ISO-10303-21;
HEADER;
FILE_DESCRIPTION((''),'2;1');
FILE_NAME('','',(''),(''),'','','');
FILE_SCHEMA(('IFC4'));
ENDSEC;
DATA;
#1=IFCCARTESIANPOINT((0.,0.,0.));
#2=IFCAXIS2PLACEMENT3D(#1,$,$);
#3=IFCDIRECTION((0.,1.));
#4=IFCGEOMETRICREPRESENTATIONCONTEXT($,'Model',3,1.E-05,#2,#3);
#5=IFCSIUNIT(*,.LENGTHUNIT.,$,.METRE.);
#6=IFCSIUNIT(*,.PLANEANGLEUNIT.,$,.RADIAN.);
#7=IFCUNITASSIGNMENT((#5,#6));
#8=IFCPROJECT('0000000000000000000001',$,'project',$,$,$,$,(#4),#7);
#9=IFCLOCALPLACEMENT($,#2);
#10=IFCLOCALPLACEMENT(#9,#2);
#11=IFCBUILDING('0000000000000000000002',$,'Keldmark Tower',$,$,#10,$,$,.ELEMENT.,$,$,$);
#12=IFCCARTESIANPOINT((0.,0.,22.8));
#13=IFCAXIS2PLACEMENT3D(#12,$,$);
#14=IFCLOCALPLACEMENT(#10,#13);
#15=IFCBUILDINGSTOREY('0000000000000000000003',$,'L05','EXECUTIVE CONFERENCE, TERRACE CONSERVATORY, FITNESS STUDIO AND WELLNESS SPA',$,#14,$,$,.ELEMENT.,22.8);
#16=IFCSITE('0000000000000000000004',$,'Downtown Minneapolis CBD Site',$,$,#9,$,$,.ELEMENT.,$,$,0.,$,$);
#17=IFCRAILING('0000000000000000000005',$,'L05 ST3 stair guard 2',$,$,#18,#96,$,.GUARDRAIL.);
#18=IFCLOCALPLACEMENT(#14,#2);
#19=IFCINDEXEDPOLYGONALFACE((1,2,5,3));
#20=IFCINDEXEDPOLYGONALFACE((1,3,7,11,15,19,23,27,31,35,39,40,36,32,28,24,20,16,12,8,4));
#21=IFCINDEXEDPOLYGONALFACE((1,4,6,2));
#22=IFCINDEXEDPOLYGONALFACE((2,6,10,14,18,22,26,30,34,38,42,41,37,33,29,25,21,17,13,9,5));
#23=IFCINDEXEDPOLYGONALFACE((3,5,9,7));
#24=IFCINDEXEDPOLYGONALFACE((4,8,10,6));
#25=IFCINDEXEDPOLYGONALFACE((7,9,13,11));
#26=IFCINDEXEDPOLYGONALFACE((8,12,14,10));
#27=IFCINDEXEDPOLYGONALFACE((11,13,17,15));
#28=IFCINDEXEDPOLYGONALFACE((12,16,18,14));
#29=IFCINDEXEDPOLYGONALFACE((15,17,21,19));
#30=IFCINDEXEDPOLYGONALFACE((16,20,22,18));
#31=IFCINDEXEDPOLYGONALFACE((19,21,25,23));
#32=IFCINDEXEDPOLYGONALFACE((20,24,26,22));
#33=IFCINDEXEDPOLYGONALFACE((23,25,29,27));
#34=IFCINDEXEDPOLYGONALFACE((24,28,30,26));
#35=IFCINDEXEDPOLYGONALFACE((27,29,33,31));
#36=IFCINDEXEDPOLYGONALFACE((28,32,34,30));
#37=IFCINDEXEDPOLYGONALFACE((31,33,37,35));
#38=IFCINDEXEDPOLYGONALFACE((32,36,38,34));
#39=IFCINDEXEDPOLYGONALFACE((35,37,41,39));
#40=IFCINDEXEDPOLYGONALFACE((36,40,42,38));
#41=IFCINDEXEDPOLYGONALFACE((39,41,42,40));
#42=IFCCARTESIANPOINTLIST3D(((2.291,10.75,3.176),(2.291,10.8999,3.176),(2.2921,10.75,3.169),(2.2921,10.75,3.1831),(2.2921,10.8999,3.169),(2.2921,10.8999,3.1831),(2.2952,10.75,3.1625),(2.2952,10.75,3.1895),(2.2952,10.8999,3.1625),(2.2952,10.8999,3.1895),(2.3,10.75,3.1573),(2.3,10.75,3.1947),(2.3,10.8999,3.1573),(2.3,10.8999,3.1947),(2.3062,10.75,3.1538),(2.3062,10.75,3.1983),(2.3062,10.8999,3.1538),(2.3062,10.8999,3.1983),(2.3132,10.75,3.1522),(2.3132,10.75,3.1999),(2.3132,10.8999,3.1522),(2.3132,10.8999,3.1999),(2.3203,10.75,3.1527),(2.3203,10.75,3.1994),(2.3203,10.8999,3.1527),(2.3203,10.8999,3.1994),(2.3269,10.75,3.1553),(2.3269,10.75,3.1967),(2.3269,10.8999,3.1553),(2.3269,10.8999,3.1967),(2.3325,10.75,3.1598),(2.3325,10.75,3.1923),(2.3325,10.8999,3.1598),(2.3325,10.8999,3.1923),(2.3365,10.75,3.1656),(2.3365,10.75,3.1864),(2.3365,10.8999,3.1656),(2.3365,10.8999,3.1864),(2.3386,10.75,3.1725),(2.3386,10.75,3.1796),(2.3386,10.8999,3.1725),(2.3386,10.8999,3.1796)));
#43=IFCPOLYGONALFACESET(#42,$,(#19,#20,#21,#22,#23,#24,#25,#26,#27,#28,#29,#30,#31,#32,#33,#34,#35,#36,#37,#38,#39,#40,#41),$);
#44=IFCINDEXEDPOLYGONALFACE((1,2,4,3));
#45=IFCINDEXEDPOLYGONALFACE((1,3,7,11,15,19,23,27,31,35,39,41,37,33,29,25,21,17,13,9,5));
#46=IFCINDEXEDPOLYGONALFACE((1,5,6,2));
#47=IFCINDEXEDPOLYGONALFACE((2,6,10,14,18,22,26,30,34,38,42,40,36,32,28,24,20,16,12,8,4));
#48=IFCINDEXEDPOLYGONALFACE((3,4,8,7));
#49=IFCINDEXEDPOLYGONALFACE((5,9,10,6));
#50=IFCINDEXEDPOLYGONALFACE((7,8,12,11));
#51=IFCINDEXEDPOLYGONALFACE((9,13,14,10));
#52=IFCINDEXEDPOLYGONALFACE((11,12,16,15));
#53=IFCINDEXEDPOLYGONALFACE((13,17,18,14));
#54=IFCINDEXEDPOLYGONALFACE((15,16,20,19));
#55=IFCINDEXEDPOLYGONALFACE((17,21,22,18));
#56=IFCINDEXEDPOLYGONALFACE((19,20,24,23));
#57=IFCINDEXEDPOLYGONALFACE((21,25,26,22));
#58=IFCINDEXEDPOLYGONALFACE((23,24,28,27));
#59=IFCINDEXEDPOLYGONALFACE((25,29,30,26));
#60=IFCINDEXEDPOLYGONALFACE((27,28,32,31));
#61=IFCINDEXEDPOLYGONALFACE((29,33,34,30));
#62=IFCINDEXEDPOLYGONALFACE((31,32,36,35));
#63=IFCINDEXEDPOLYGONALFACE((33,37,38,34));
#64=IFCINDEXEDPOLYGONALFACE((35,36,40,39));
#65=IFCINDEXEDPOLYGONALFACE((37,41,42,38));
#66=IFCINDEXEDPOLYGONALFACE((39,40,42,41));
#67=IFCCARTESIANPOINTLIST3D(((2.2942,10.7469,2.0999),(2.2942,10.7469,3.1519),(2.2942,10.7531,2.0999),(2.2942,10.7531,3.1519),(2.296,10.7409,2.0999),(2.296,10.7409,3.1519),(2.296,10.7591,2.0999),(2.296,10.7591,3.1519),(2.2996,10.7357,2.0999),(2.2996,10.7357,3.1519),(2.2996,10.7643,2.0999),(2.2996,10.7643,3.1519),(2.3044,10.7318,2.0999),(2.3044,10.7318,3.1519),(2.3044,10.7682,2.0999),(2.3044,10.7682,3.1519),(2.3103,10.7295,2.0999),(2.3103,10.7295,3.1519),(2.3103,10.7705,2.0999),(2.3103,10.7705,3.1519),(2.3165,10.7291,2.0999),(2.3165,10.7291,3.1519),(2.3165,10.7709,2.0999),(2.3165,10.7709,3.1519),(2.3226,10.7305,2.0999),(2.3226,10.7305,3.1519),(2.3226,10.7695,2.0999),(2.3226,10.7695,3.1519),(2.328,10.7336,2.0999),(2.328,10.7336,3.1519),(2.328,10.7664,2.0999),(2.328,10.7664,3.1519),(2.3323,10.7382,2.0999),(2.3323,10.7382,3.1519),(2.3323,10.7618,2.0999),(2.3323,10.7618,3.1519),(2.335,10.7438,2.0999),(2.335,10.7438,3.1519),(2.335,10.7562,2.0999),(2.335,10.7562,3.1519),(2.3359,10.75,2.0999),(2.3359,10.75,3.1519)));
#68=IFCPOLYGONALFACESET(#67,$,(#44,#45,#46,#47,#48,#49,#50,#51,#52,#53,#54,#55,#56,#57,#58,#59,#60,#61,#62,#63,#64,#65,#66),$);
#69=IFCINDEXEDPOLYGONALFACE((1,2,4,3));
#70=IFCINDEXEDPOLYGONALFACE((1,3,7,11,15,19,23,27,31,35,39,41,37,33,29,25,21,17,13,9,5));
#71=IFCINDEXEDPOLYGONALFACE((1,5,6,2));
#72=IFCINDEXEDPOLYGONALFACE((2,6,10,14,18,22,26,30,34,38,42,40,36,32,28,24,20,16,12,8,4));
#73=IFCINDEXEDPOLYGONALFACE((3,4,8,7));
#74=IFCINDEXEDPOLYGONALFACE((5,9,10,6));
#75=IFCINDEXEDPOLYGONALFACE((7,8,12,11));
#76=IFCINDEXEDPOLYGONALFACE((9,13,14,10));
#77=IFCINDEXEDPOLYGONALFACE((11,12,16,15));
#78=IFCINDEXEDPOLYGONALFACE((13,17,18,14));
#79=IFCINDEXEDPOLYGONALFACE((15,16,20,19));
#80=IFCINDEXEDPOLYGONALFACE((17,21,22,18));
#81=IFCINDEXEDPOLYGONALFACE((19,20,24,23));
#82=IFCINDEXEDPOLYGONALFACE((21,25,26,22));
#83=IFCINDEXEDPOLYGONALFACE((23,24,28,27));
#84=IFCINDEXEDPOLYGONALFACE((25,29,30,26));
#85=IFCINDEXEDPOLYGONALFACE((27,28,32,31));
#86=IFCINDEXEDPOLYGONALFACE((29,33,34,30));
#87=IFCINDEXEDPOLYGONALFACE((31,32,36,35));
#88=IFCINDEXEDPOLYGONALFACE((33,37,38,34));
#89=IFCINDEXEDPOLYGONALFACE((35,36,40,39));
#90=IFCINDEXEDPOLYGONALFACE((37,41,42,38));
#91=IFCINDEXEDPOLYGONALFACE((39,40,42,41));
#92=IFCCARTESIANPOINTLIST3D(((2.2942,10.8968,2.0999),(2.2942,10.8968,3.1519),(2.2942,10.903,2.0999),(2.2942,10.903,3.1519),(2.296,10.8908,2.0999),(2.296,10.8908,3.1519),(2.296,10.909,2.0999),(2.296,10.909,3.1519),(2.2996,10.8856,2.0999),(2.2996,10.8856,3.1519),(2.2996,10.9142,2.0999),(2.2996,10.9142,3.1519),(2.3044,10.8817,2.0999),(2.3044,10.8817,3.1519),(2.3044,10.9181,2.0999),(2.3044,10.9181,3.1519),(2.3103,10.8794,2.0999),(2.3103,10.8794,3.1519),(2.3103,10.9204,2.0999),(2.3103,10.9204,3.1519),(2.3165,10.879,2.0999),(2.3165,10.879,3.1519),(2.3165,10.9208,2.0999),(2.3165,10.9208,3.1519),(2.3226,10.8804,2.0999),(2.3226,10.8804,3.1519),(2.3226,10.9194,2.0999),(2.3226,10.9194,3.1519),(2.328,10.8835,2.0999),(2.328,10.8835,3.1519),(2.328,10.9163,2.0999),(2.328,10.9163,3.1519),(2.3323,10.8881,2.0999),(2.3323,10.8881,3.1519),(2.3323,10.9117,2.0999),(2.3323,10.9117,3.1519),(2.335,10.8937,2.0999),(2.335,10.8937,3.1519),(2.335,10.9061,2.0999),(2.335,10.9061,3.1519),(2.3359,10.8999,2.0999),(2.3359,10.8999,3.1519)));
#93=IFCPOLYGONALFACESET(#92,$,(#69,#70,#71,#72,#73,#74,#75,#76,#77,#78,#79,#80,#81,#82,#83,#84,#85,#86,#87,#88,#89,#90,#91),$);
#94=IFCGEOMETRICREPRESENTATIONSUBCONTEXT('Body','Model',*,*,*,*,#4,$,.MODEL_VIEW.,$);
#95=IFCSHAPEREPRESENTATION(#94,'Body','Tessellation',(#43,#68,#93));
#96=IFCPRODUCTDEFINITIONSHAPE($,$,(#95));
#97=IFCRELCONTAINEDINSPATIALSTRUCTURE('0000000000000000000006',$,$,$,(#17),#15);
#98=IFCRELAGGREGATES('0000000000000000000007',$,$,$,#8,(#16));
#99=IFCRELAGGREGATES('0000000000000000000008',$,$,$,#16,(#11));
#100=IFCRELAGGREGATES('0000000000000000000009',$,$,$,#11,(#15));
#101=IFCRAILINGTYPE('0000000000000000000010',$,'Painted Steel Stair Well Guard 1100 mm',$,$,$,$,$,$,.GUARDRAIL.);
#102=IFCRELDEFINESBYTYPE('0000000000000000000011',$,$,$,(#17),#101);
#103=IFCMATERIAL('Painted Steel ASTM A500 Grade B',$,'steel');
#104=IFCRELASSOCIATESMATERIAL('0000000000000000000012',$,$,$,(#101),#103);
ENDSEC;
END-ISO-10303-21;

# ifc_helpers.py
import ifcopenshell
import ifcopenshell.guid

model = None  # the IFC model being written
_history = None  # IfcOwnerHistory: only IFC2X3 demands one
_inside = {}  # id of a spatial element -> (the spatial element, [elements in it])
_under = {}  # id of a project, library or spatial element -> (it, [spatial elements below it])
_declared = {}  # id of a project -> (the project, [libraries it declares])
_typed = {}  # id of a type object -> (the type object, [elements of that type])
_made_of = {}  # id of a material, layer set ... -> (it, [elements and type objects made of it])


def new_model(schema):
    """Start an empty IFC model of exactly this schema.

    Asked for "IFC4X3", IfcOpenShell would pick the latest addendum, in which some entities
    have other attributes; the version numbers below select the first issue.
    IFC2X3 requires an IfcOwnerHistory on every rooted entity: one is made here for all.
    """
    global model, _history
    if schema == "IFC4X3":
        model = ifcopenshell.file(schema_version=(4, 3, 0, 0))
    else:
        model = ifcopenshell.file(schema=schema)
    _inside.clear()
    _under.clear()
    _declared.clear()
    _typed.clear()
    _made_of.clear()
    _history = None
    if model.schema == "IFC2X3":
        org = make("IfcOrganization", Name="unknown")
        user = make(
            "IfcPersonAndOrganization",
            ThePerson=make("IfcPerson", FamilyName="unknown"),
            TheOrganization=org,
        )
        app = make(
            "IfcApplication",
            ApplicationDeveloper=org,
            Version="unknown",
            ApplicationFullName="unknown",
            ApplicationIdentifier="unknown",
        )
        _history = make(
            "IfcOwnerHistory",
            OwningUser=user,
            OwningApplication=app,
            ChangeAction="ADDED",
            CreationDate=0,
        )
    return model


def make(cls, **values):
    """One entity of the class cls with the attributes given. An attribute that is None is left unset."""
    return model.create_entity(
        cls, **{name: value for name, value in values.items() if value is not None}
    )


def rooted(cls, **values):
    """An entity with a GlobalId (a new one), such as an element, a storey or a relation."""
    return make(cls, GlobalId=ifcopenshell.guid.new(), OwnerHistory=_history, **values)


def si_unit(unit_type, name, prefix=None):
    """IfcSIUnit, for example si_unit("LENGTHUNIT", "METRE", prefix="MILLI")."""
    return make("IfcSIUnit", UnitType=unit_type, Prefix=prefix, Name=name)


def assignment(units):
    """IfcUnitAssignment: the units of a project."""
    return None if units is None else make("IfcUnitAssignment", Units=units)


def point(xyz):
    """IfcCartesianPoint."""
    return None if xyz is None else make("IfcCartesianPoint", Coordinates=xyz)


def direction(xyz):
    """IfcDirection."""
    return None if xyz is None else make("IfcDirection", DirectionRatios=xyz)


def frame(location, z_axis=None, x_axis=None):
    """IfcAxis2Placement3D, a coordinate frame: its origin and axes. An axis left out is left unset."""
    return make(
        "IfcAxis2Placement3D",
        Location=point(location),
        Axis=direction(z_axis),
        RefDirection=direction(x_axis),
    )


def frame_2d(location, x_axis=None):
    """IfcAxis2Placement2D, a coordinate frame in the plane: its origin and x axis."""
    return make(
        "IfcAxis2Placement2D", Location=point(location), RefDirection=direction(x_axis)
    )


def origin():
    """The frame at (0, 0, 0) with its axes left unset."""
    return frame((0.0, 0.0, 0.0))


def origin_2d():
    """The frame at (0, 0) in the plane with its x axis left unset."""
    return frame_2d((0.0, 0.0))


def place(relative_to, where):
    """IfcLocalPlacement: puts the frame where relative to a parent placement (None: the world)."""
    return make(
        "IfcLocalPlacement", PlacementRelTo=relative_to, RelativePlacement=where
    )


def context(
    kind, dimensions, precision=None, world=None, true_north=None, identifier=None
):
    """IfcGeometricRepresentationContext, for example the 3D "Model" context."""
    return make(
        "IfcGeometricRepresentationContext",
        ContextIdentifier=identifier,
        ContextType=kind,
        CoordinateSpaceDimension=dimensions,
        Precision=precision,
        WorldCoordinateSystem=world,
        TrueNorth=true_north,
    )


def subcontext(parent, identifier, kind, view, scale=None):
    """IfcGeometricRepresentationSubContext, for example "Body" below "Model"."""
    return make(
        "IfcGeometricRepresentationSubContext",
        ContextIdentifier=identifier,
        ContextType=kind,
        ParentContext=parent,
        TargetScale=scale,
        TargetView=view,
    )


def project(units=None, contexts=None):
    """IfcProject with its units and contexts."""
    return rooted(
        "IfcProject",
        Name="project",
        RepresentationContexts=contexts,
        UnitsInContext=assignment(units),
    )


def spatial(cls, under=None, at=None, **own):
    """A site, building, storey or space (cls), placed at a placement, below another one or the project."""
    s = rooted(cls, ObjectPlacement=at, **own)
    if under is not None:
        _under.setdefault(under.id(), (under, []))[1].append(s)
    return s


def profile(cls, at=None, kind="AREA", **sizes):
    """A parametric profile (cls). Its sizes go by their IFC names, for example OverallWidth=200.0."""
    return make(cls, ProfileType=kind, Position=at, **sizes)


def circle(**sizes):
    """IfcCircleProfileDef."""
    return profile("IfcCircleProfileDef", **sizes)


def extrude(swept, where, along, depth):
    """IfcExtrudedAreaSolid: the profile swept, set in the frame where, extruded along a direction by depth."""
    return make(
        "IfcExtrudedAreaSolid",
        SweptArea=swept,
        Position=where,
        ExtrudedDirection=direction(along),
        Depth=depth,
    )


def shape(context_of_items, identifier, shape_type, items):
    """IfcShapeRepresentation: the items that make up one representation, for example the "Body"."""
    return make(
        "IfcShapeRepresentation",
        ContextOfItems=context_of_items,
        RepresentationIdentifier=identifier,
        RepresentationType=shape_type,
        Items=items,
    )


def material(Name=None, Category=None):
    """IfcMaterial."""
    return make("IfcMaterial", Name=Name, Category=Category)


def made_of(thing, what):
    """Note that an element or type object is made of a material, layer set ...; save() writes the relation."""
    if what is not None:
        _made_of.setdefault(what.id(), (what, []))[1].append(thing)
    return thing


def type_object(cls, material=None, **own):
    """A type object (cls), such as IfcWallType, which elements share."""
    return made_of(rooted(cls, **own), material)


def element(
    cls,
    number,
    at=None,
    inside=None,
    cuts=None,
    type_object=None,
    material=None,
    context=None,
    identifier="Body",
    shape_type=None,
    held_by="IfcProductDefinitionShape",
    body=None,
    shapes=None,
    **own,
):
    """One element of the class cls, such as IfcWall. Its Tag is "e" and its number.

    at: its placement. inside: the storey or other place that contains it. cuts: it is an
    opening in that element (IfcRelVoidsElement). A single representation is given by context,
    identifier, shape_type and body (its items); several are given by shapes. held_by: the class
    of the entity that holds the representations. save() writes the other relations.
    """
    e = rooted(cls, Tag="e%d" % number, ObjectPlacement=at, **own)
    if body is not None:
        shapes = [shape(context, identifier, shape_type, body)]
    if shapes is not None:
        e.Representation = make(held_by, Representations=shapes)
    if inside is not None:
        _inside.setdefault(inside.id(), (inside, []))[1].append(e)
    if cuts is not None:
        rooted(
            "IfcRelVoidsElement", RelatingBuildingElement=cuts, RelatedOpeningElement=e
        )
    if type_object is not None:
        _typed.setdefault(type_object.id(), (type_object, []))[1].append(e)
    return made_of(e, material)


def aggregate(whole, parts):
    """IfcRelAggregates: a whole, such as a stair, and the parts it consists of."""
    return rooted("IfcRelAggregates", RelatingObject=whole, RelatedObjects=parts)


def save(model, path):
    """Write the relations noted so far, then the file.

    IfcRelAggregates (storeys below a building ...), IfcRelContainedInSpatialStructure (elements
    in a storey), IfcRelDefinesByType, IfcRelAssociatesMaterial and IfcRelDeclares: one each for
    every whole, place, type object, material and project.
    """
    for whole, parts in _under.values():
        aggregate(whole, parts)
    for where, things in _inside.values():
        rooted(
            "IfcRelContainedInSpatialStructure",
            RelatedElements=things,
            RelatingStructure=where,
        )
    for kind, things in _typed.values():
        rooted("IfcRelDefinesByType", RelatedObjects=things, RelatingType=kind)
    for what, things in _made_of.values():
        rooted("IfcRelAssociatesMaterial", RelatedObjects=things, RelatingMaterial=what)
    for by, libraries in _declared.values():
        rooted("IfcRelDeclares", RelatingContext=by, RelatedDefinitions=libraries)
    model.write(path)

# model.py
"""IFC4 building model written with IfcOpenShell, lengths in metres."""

from ifc_helpers import new_model, si_unit, direction, frame, origin, origin_2d, place, context, subcontext, project, spatial, circle, extrude, material, type_object, element, save


model = new_model("IFC4")

# Units and contexts
model_context = context("Model", 3, precision=1e-05, world=origin(), true_north=direction((0.0, 1.0)))
body_context = subcontext(model_context, "Body", "Model", "MODEL_VIEW")
ifc_project = project(units=[si_unit("LENGTHUNIT", "METRE"), si_unit("PLANEANGLEUNIT", "RADIAN")], contexts=[model_context])

# Site, building, storey
site_placement = place(None, origin())
site = spatial("IfcSite", under=ifc_project, at=site_placement, Name="Downtown Minneapolis CBD Site", CompositionType="ELEMENT", RefElevation=0.0)
building_placement = place(site_placement, origin())
building = spatial("IfcBuilding", under=site, at=building_placement, Name="Keldmark Tower", CompositionType="ELEMENT")
storey_placement = place(building_placement, frame((0.0, 0.0, 22.8)))
storey = spatial("IfcBuildingStorey", under=building, at=storey_placement, Name="L05", Description="EXECUTIVE CONFERENCE, TERRACE CONSERVATORY, FITNESS STUDIO AND WELLNESS SPA", CompositionType="ELEMENT", Elevation=22.8)

# Railing
ifc_material_1 = material(Name="Painted Steel ASTM A500 Grade B", Category="steel")
railing_type_1 = type_object("IfcRailingType", Name="Painted Steel Stair Well Guard 1100 mm", PredefinedType="GUARDRAIL", material=ifc_material_1)
railing_1_placement = place(storey_placement, frame((2.3149, 10.75, 2.0999)))
element("IfcRailing", 1, at=railing_1_placement, inside=storey, type_object=railing_type_1, Name="L05 ST3 stair guard 2", PredefinedType="GUARDRAIL", context=body_context, shape_type="SweptSolid", body=[
    extrude(circle(Radius=0.0239, at=origin_2d()), frame((0.0, 0.0, 1.0762), z_axis=(0.0, 1.0, 0.0), x_axis=(-1.0, 0.0, 0.0)), (0.0, 0.0, 1.0), 0.1499),
    extrude(circle(Radius=0.021, at=origin_2d()), origin(), (0.0, 0.0, 1.0), 1.052),
    extrude(circle(Radius=0.021, at=origin_2d()), frame((0.0, 0.1499, 0.0)), (0.0, 0.0, 1.0), 1.052),
])

save(model, "model.ifc")
